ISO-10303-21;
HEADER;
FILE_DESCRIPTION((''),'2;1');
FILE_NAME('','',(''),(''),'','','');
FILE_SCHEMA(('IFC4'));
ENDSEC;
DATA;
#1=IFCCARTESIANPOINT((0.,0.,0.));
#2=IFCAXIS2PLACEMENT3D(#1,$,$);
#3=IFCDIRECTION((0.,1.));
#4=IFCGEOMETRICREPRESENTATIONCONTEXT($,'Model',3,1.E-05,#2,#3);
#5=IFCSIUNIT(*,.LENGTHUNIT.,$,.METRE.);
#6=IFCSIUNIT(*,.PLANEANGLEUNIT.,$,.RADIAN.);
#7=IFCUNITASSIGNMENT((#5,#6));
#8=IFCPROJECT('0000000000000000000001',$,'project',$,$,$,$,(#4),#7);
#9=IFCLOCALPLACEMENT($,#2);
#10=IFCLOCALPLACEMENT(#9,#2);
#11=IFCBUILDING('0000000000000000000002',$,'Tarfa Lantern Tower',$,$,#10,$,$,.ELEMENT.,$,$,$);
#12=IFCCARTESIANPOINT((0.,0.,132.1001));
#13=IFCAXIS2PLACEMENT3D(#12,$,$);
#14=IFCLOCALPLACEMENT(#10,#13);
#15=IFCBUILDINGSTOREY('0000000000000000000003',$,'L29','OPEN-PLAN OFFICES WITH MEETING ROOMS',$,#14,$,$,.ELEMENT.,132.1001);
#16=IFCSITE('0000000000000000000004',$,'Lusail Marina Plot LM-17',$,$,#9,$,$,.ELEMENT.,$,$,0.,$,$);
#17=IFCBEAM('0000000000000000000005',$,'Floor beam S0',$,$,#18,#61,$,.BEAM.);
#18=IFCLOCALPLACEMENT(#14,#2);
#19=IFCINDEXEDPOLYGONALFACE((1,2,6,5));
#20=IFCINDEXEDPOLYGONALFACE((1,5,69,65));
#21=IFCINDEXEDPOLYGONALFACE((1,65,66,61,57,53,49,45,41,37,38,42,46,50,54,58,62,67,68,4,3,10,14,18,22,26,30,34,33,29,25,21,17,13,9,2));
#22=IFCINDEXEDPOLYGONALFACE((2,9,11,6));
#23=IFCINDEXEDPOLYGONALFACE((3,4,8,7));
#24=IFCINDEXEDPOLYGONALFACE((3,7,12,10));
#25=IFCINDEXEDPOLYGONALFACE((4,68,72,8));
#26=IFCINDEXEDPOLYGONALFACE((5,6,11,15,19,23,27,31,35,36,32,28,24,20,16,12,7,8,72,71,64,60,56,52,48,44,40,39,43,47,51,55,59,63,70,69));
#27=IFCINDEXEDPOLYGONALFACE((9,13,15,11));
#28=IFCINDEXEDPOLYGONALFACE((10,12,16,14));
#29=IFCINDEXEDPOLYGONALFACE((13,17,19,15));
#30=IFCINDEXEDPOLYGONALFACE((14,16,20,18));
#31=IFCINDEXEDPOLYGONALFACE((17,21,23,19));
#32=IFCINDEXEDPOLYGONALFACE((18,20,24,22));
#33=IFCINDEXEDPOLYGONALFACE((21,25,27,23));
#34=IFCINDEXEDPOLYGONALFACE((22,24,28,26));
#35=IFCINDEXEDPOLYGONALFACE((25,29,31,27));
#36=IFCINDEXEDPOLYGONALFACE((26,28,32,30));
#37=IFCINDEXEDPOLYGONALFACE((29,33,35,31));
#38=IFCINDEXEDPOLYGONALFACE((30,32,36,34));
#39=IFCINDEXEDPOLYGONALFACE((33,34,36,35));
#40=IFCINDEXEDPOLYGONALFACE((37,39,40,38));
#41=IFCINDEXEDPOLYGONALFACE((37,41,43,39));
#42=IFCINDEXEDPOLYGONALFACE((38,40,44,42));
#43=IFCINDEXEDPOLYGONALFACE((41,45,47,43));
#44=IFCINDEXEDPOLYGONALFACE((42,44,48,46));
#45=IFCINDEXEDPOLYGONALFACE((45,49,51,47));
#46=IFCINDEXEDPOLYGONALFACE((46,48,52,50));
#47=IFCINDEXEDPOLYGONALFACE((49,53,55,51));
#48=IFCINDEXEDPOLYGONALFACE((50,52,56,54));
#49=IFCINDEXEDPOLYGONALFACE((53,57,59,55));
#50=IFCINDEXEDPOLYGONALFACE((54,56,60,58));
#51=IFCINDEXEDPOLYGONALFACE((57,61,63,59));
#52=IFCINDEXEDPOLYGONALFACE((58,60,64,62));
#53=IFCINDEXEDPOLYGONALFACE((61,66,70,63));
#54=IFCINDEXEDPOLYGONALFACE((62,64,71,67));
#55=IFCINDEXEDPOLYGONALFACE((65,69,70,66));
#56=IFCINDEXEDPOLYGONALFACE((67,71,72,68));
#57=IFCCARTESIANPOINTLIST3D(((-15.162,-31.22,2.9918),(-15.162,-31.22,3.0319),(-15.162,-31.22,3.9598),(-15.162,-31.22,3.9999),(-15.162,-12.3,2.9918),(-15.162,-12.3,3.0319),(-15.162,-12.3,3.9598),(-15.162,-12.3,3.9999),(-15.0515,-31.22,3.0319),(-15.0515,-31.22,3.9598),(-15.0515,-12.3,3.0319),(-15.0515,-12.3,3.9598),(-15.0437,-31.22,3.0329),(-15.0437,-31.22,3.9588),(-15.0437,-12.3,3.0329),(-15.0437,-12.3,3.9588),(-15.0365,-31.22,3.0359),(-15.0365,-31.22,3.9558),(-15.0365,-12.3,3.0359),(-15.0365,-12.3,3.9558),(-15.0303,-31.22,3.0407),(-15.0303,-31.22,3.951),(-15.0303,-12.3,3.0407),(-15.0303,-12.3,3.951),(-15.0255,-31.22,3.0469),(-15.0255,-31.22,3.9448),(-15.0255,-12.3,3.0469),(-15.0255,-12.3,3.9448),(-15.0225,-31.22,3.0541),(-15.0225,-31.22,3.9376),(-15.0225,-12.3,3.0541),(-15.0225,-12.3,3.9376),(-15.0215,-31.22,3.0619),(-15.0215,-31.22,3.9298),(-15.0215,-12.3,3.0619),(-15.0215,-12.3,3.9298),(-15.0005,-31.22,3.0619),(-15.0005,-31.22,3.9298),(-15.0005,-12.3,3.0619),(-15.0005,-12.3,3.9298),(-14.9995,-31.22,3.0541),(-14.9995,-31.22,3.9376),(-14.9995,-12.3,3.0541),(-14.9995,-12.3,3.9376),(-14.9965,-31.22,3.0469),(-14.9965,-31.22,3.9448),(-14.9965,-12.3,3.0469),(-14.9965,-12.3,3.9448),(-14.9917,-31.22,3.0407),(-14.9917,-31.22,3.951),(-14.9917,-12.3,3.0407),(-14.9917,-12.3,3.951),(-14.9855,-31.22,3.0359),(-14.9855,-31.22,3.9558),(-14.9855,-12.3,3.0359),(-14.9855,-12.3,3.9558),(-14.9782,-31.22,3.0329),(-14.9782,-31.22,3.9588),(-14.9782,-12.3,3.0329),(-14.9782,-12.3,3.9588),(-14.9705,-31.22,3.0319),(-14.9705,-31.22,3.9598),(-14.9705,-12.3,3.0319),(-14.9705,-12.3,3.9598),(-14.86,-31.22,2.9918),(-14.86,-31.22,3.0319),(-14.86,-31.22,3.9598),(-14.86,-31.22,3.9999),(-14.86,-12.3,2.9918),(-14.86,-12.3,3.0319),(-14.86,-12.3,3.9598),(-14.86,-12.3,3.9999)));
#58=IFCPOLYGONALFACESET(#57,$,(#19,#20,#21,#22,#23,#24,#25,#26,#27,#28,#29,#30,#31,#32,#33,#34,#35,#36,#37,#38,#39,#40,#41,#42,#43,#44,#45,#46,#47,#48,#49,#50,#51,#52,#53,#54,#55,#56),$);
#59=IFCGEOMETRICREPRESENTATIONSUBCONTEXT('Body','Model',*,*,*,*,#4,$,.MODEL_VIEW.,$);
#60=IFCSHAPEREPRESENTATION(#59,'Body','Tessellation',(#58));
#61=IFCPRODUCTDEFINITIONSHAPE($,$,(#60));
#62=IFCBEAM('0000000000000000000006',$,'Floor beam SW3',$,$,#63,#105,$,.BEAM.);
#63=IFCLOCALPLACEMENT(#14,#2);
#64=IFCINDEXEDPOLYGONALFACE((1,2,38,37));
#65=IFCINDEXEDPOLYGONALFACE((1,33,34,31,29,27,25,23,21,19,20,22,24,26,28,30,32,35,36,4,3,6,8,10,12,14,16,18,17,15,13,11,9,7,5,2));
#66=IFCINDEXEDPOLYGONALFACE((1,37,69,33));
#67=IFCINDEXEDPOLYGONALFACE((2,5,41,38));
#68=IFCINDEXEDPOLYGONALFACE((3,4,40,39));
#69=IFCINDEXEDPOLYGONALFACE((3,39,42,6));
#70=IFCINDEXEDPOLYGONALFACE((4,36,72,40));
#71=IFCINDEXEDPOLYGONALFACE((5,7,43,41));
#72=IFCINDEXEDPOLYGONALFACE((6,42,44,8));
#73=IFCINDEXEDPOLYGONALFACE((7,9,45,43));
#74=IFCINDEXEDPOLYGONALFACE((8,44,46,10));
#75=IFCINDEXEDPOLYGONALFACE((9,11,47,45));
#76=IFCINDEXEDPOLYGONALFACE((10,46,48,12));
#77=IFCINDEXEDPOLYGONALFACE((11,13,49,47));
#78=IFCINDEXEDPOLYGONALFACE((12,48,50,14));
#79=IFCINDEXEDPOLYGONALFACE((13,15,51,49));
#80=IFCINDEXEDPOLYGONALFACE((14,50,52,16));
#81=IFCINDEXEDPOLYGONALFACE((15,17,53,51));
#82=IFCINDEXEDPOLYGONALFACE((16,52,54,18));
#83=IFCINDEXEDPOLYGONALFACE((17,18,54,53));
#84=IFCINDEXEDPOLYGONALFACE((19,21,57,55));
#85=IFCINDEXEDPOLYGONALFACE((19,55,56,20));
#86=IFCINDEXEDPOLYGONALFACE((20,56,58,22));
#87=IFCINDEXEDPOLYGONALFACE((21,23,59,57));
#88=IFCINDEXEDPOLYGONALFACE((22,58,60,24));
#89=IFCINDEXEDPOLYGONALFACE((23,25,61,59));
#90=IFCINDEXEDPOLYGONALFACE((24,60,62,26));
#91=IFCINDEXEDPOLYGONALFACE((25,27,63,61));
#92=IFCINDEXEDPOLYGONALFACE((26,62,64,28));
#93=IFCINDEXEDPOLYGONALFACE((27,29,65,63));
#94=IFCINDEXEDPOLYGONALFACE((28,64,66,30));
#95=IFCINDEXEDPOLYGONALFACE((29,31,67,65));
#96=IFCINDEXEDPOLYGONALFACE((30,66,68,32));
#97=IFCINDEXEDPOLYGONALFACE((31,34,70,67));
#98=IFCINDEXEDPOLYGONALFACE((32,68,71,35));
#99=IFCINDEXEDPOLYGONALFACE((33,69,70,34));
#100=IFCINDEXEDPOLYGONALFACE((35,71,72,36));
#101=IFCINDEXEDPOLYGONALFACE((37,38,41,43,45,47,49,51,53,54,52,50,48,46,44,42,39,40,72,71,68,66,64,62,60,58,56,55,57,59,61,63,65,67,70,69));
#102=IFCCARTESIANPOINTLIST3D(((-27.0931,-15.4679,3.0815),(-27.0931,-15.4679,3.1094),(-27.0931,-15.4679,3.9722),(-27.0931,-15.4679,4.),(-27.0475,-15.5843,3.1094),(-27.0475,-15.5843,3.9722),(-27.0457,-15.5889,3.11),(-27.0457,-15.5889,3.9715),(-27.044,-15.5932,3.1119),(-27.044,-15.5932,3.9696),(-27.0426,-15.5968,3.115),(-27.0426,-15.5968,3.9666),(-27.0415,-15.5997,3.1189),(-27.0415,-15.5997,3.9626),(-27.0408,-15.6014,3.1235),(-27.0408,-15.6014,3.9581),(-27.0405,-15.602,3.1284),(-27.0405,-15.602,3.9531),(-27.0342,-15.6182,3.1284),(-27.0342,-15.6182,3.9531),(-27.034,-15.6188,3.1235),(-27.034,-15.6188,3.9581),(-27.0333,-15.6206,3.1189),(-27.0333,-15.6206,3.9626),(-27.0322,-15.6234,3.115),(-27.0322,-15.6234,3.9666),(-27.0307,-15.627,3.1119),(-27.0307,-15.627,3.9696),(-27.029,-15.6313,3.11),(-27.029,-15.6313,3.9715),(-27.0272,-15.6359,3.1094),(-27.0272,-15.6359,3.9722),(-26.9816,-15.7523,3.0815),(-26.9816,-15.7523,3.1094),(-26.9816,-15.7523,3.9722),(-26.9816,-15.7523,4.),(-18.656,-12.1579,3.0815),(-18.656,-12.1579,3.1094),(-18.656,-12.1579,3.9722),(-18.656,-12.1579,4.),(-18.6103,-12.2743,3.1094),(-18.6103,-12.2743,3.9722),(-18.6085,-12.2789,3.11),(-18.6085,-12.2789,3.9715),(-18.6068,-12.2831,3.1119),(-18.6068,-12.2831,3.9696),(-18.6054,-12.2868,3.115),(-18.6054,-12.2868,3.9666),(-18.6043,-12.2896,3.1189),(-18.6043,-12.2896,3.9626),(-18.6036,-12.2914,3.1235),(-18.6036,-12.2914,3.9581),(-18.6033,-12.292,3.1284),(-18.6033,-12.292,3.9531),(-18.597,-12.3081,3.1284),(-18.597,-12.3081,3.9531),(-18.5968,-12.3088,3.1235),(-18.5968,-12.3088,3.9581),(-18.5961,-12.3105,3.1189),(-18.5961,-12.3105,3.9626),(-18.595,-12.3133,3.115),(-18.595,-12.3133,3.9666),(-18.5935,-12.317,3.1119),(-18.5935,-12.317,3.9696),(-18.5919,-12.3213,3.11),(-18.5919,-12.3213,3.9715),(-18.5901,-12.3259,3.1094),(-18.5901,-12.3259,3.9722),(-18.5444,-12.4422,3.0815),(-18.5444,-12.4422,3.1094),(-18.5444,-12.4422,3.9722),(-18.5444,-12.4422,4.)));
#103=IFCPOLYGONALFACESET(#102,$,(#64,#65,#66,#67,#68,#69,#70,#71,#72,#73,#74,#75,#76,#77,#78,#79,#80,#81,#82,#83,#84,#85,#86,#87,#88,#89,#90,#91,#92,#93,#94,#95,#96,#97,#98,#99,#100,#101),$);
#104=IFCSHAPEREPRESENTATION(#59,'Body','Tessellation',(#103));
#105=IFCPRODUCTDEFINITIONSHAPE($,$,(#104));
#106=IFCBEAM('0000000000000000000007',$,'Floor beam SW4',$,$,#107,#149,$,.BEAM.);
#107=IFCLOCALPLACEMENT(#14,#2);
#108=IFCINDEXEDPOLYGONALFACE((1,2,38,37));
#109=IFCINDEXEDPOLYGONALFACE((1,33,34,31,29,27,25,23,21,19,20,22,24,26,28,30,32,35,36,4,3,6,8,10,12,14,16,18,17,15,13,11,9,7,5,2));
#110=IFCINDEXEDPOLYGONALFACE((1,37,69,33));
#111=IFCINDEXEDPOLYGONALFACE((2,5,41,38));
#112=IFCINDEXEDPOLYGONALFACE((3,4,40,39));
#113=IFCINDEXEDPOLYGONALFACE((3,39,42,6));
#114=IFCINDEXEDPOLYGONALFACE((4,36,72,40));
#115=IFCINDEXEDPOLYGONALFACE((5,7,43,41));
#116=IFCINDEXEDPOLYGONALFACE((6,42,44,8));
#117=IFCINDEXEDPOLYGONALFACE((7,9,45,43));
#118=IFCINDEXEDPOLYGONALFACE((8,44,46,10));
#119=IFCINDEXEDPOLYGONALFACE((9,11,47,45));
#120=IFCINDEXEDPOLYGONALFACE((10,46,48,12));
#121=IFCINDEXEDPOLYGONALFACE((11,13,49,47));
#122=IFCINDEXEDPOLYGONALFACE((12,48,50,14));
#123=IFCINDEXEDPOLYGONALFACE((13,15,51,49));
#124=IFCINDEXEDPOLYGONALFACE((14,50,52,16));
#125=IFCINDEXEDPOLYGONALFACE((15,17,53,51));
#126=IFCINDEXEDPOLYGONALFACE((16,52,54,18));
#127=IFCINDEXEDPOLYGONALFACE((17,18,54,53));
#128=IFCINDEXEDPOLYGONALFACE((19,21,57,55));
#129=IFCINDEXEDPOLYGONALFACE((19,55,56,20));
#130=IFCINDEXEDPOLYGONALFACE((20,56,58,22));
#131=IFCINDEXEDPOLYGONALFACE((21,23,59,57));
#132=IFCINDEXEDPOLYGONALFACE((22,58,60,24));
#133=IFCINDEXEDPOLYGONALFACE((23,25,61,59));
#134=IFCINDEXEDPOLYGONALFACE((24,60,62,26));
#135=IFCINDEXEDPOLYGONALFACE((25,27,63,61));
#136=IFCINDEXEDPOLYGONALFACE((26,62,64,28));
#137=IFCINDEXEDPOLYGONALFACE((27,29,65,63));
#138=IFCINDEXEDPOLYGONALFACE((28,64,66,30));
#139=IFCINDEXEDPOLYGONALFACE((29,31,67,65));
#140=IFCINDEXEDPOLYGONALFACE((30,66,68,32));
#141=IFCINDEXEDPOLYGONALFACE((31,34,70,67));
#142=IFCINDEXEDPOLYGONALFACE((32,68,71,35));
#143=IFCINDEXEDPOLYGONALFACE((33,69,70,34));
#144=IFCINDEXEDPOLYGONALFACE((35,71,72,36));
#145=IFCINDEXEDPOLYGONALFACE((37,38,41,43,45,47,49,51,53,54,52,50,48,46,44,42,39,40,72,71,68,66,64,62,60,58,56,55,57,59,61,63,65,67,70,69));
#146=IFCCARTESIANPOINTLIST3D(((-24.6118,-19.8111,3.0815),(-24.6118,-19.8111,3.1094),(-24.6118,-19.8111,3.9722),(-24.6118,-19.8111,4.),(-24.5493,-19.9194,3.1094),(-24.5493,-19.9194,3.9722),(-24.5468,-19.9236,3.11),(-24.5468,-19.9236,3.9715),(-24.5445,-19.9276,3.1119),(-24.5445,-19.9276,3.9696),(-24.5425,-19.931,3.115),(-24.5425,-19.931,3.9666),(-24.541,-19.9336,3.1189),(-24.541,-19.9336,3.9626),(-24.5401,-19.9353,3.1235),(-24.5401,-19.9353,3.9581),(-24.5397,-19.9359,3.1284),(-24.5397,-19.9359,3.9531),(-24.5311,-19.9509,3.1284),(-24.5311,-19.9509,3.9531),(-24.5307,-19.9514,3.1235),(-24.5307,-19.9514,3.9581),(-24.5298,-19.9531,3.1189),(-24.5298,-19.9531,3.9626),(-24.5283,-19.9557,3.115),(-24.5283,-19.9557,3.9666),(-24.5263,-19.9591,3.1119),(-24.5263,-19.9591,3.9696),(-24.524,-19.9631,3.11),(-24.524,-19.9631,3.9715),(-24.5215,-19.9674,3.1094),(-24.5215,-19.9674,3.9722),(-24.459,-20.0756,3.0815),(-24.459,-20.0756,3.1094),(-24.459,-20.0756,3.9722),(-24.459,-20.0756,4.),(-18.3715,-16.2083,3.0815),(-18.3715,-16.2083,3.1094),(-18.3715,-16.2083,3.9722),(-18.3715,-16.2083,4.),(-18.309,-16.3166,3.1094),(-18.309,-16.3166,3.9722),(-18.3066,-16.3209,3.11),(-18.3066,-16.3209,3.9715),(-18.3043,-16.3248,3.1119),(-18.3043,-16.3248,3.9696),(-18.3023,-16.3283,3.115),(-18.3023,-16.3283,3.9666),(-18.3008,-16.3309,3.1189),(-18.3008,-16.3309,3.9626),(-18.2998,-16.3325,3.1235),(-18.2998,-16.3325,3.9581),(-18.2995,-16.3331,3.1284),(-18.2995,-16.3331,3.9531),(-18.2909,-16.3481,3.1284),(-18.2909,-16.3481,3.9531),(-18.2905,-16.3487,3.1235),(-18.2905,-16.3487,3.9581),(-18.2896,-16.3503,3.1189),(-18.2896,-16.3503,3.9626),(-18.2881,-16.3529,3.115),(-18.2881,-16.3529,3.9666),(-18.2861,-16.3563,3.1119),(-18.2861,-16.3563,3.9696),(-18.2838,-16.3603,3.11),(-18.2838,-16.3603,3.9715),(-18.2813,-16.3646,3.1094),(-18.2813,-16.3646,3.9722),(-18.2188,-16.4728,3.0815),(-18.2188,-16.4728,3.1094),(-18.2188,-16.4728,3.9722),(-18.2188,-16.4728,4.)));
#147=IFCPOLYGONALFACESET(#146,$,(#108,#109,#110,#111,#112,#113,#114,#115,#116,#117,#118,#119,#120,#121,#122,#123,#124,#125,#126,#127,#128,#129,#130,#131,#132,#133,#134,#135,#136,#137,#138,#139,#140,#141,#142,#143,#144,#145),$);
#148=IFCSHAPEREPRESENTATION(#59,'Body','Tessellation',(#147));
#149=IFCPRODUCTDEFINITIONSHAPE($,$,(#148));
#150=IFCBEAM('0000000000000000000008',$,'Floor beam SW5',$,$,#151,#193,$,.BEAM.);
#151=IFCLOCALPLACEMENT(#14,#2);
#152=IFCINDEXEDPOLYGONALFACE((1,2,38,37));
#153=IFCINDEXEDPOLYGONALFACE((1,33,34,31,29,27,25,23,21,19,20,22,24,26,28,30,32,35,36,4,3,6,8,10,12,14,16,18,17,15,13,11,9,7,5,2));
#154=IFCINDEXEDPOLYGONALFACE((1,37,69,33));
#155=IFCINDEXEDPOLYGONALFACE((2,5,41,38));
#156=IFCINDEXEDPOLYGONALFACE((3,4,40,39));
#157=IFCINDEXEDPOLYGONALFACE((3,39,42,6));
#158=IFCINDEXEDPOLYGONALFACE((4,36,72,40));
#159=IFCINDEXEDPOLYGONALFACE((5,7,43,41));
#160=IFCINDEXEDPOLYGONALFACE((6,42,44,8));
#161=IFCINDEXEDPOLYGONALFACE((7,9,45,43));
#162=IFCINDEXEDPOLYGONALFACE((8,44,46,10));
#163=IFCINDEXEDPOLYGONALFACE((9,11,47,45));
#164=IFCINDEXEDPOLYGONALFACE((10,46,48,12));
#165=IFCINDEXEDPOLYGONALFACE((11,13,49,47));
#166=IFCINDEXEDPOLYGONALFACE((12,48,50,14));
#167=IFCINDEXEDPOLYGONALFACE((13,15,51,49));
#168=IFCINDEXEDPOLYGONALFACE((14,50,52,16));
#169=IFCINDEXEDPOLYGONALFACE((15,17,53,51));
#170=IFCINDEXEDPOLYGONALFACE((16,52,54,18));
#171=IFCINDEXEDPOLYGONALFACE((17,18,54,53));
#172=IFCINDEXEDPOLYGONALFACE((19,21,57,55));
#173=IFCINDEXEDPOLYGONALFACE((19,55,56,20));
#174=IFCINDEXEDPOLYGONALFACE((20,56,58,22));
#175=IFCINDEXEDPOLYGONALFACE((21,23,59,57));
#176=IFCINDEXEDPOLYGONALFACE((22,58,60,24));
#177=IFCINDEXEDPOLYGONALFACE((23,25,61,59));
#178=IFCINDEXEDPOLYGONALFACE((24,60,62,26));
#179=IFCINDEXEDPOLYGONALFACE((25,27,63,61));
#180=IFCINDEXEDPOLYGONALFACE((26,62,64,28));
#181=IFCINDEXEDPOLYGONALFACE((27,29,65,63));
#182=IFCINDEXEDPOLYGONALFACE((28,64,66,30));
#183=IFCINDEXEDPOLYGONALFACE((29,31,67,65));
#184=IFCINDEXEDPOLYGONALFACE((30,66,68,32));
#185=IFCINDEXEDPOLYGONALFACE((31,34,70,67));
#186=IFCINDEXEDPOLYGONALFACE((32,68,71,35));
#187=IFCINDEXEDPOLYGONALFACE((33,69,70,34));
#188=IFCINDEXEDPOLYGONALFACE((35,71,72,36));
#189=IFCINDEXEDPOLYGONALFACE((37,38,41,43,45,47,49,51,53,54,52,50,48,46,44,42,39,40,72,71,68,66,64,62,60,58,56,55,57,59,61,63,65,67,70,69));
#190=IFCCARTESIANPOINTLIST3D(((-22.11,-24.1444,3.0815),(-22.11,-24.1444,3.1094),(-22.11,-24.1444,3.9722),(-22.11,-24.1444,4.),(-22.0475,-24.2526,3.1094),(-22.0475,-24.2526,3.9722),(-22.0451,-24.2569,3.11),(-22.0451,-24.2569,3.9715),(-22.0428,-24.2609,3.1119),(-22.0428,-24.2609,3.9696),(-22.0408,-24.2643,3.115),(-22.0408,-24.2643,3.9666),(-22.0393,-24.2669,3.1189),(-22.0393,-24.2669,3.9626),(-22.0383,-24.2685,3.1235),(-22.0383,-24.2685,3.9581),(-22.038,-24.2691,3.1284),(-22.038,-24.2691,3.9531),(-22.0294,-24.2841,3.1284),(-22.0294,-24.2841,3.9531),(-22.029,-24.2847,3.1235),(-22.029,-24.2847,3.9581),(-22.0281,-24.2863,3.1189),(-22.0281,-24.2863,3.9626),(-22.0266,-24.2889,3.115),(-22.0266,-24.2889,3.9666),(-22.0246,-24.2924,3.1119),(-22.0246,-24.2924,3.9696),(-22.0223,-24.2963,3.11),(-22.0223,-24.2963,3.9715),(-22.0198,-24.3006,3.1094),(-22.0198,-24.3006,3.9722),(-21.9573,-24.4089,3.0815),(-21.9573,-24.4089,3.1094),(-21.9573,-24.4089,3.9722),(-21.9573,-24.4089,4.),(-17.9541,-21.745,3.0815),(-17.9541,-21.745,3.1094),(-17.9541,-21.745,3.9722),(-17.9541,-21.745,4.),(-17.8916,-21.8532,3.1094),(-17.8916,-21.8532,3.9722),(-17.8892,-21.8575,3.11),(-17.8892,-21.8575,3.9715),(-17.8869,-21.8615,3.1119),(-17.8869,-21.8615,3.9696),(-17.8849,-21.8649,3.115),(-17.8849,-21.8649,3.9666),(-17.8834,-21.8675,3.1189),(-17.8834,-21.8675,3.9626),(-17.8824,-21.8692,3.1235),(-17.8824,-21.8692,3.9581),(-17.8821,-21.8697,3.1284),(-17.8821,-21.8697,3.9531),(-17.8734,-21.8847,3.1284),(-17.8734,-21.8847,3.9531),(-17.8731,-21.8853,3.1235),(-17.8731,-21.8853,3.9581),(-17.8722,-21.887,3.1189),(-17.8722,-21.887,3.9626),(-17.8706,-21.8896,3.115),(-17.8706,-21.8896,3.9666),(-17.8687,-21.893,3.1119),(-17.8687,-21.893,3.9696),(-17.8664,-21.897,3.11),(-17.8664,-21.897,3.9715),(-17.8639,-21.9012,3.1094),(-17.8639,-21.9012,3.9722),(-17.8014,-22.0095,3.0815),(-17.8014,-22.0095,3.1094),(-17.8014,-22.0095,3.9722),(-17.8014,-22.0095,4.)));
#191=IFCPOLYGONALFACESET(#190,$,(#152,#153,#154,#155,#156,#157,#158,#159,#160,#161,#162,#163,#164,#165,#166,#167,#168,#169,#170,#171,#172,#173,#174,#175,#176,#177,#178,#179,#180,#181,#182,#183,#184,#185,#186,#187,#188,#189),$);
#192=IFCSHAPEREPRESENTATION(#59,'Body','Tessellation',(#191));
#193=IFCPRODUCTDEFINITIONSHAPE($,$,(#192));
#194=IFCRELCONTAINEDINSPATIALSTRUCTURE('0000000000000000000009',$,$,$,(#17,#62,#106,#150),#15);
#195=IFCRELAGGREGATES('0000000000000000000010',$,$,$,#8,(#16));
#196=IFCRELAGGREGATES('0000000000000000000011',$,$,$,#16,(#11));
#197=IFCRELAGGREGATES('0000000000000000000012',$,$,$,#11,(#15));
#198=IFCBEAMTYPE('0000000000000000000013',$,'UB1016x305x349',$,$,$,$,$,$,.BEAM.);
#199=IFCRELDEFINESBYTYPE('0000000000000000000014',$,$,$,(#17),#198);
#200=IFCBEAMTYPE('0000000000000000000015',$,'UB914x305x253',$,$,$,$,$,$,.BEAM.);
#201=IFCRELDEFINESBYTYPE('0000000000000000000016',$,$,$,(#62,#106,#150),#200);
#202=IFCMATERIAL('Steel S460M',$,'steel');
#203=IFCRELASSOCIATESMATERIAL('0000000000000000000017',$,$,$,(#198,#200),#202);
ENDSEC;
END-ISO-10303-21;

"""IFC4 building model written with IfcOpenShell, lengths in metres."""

from ifc_helpers import new_model, si_unit, direction, frame, origin, origin_2d, place, context, subcontext, project, spatial, i_section, extrude, material, material_profile, profile_set, type_object, element, save


model = new_model("IFC4")

# Units and contexts
model_context = context("Model", 3, precision=1e-05, world=origin(), true_north=direction((0.0, 1.0)))
body_context = subcontext(model_context, "Body", "Model", "MODEL_VIEW")
ifc_project = project(units=[si_unit("LENGTHUNIT", "METRE"), si_unit("PLANEANGLEUNIT", "RADIAN")], contexts=[model_context])

# Site, building, storey
site_placement = place(None, origin())
site = spatial("IfcSite", under=ifc_project, at=site_placement, Name="Lusail Marina Plot LM-17", CompositionType="ELEMENT", RefElevation=0.0)
building_placement = place(site_placement, origin())
building = spatial("IfcBuilding", under=site, at=building_placement, Name="Tarfa Lantern Tower", CompositionType="ELEMENT")
storey_placement = place(building_placement, frame((0.0, 0.0, 132.1001)))
storey = spatial("IfcBuildingStorey", under=building, at=storey_placement, Name="L29", Description="OPEN-PLAN OFFICES WITH MEETING ROOMS", CompositionType="ELEMENT", Elevation=132.1001)

# Beams
ifc_material_1 = material(Name="Steel S460M", Category="steel")
ifc_material_profile_1 = material_profile(ifc_material_1, i_section(OverallWidth=0.302, OverallDepth=1.0081, WebThickness=0.021, FlangeThickness=0.04, FilletRadius=0.03, at=origin_2d()), Name="UB1016x305x349")
ifc_profile_set_1 = profile_set([ifc_material_profile_1], Name="Steel S460M")
beam_type_1 = type_object("IfcBeamType", Name="UB1016x305x349", PredefinedType="BEAM", material=ifc_profile_set_1)
beam_1_placement = place(storey_placement, frame((-15.011, -31.22, 3.4958), z_axis=(0.0, 1.0, 0.0), x_axis=(-1.0, 0.0, 0.0)))
element("IfcBeam", 1, at=beam_1_placement, inside=storey, type_object=beam_type_1, Name="Floor beam S0", PredefinedType="BEAM", context=body_context, shape_type="SweptSolid", body=[
    extrude(i_section(OverallWidth=0.302, OverallDepth=1.0081, WebThickness=0.021, FlangeThickness=0.04, FilletRadius=0.03, at=origin_2d()), origin(), (0.0, 0.0, 1.0), 18.9199),
])
ifc_material_profile_2 = material_profile(ifc_material_1, i_section(OverallWidth=0.3054, OverallDepth=0.9185, WebThickness=0.0173, FlangeThickness=0.0278, FilletRadius=0.019, at=origin_2d()), Name="UB914x305x253")
ifc_profile_set_2 = profile_set([ifc_material_profile_2], Name="Steel S460M")
beam_type_2 = type_object("IfcBeamType", Name="UB914x305x253", PredefinedType="BEAM", material=ifc_profile_set_2)
beam_2_placement = place(storey_placement, frame((-27.0374, -15.6101, 3.5408), z_axis=(0.930923, 0.365215, 0.0), x_axis=(-0.365215, 0.930923, 0.0)))
element("IfcBeam", 2, at=beam_2_placement, inside=storey, type_object=beam_type_2, Name="Floor beam SW3", PredefinedType="BEAM", context=body_context, shape_type="SweptSolid", body=[
    extrude(i_section(OverallWidth=0.3054, OverallDepth=0.9185, WebThickness=0.0173, FlangeThickness=0.0278, FilletRadius=0.019, at=origin_2d()), origin(), (0.0, 0.0, 1.0), 9.0632),
])
beam_3_placement = place(storey_placement, frame((-24.5354, -19.9434, 3.5408), z_axis=(0.866026, 0.499998, 0.0), x_axis=(-0.499998, 0.866026, 0.0)))
element("IfcBeam", 3, at=beam_3_placement, inside=storey, type_object=beam_type_2, Name="Floor beam SW4", PredefinedType="BEAM", context=body_context, shape_type="SweptSolid", body=[
    extrude(i_section(OverallWidth=0.3054, OverallDepth=0.9185, WebThickness=0.0173, FlangeThickness=0.0278, FilletRadius=0.019, at=origin_2d()), origin(), (0.0, 0.0, 1.0), 7.2056),
])
beam_4_placement = place(storey_placement, frame((-22.0337, -24.2766, 3.5408), z_axis=(0.866031, 0.499991, 0.0), x_axis=(-0.499991, 0.866031, 0.0)))
element("IfcBeam", 4, at=beam_4_placement, inside=storey, type_object=beam_type_2, Name="Floor beam SW5", PredefinedType="BEAM", context=body_context, shape_type="SweptSolid", body=[
    extrude(i_section(OverallWidth=0.3054, OverallDepth=0.9185, WebThickness=0.0173, FlangeThickness=0.0278, FilletRadius=0.019, at=origin_2d()), origin(), (0.0, 0.0, 1.0), 4.7988),
])

save(model, "model.ifc")
